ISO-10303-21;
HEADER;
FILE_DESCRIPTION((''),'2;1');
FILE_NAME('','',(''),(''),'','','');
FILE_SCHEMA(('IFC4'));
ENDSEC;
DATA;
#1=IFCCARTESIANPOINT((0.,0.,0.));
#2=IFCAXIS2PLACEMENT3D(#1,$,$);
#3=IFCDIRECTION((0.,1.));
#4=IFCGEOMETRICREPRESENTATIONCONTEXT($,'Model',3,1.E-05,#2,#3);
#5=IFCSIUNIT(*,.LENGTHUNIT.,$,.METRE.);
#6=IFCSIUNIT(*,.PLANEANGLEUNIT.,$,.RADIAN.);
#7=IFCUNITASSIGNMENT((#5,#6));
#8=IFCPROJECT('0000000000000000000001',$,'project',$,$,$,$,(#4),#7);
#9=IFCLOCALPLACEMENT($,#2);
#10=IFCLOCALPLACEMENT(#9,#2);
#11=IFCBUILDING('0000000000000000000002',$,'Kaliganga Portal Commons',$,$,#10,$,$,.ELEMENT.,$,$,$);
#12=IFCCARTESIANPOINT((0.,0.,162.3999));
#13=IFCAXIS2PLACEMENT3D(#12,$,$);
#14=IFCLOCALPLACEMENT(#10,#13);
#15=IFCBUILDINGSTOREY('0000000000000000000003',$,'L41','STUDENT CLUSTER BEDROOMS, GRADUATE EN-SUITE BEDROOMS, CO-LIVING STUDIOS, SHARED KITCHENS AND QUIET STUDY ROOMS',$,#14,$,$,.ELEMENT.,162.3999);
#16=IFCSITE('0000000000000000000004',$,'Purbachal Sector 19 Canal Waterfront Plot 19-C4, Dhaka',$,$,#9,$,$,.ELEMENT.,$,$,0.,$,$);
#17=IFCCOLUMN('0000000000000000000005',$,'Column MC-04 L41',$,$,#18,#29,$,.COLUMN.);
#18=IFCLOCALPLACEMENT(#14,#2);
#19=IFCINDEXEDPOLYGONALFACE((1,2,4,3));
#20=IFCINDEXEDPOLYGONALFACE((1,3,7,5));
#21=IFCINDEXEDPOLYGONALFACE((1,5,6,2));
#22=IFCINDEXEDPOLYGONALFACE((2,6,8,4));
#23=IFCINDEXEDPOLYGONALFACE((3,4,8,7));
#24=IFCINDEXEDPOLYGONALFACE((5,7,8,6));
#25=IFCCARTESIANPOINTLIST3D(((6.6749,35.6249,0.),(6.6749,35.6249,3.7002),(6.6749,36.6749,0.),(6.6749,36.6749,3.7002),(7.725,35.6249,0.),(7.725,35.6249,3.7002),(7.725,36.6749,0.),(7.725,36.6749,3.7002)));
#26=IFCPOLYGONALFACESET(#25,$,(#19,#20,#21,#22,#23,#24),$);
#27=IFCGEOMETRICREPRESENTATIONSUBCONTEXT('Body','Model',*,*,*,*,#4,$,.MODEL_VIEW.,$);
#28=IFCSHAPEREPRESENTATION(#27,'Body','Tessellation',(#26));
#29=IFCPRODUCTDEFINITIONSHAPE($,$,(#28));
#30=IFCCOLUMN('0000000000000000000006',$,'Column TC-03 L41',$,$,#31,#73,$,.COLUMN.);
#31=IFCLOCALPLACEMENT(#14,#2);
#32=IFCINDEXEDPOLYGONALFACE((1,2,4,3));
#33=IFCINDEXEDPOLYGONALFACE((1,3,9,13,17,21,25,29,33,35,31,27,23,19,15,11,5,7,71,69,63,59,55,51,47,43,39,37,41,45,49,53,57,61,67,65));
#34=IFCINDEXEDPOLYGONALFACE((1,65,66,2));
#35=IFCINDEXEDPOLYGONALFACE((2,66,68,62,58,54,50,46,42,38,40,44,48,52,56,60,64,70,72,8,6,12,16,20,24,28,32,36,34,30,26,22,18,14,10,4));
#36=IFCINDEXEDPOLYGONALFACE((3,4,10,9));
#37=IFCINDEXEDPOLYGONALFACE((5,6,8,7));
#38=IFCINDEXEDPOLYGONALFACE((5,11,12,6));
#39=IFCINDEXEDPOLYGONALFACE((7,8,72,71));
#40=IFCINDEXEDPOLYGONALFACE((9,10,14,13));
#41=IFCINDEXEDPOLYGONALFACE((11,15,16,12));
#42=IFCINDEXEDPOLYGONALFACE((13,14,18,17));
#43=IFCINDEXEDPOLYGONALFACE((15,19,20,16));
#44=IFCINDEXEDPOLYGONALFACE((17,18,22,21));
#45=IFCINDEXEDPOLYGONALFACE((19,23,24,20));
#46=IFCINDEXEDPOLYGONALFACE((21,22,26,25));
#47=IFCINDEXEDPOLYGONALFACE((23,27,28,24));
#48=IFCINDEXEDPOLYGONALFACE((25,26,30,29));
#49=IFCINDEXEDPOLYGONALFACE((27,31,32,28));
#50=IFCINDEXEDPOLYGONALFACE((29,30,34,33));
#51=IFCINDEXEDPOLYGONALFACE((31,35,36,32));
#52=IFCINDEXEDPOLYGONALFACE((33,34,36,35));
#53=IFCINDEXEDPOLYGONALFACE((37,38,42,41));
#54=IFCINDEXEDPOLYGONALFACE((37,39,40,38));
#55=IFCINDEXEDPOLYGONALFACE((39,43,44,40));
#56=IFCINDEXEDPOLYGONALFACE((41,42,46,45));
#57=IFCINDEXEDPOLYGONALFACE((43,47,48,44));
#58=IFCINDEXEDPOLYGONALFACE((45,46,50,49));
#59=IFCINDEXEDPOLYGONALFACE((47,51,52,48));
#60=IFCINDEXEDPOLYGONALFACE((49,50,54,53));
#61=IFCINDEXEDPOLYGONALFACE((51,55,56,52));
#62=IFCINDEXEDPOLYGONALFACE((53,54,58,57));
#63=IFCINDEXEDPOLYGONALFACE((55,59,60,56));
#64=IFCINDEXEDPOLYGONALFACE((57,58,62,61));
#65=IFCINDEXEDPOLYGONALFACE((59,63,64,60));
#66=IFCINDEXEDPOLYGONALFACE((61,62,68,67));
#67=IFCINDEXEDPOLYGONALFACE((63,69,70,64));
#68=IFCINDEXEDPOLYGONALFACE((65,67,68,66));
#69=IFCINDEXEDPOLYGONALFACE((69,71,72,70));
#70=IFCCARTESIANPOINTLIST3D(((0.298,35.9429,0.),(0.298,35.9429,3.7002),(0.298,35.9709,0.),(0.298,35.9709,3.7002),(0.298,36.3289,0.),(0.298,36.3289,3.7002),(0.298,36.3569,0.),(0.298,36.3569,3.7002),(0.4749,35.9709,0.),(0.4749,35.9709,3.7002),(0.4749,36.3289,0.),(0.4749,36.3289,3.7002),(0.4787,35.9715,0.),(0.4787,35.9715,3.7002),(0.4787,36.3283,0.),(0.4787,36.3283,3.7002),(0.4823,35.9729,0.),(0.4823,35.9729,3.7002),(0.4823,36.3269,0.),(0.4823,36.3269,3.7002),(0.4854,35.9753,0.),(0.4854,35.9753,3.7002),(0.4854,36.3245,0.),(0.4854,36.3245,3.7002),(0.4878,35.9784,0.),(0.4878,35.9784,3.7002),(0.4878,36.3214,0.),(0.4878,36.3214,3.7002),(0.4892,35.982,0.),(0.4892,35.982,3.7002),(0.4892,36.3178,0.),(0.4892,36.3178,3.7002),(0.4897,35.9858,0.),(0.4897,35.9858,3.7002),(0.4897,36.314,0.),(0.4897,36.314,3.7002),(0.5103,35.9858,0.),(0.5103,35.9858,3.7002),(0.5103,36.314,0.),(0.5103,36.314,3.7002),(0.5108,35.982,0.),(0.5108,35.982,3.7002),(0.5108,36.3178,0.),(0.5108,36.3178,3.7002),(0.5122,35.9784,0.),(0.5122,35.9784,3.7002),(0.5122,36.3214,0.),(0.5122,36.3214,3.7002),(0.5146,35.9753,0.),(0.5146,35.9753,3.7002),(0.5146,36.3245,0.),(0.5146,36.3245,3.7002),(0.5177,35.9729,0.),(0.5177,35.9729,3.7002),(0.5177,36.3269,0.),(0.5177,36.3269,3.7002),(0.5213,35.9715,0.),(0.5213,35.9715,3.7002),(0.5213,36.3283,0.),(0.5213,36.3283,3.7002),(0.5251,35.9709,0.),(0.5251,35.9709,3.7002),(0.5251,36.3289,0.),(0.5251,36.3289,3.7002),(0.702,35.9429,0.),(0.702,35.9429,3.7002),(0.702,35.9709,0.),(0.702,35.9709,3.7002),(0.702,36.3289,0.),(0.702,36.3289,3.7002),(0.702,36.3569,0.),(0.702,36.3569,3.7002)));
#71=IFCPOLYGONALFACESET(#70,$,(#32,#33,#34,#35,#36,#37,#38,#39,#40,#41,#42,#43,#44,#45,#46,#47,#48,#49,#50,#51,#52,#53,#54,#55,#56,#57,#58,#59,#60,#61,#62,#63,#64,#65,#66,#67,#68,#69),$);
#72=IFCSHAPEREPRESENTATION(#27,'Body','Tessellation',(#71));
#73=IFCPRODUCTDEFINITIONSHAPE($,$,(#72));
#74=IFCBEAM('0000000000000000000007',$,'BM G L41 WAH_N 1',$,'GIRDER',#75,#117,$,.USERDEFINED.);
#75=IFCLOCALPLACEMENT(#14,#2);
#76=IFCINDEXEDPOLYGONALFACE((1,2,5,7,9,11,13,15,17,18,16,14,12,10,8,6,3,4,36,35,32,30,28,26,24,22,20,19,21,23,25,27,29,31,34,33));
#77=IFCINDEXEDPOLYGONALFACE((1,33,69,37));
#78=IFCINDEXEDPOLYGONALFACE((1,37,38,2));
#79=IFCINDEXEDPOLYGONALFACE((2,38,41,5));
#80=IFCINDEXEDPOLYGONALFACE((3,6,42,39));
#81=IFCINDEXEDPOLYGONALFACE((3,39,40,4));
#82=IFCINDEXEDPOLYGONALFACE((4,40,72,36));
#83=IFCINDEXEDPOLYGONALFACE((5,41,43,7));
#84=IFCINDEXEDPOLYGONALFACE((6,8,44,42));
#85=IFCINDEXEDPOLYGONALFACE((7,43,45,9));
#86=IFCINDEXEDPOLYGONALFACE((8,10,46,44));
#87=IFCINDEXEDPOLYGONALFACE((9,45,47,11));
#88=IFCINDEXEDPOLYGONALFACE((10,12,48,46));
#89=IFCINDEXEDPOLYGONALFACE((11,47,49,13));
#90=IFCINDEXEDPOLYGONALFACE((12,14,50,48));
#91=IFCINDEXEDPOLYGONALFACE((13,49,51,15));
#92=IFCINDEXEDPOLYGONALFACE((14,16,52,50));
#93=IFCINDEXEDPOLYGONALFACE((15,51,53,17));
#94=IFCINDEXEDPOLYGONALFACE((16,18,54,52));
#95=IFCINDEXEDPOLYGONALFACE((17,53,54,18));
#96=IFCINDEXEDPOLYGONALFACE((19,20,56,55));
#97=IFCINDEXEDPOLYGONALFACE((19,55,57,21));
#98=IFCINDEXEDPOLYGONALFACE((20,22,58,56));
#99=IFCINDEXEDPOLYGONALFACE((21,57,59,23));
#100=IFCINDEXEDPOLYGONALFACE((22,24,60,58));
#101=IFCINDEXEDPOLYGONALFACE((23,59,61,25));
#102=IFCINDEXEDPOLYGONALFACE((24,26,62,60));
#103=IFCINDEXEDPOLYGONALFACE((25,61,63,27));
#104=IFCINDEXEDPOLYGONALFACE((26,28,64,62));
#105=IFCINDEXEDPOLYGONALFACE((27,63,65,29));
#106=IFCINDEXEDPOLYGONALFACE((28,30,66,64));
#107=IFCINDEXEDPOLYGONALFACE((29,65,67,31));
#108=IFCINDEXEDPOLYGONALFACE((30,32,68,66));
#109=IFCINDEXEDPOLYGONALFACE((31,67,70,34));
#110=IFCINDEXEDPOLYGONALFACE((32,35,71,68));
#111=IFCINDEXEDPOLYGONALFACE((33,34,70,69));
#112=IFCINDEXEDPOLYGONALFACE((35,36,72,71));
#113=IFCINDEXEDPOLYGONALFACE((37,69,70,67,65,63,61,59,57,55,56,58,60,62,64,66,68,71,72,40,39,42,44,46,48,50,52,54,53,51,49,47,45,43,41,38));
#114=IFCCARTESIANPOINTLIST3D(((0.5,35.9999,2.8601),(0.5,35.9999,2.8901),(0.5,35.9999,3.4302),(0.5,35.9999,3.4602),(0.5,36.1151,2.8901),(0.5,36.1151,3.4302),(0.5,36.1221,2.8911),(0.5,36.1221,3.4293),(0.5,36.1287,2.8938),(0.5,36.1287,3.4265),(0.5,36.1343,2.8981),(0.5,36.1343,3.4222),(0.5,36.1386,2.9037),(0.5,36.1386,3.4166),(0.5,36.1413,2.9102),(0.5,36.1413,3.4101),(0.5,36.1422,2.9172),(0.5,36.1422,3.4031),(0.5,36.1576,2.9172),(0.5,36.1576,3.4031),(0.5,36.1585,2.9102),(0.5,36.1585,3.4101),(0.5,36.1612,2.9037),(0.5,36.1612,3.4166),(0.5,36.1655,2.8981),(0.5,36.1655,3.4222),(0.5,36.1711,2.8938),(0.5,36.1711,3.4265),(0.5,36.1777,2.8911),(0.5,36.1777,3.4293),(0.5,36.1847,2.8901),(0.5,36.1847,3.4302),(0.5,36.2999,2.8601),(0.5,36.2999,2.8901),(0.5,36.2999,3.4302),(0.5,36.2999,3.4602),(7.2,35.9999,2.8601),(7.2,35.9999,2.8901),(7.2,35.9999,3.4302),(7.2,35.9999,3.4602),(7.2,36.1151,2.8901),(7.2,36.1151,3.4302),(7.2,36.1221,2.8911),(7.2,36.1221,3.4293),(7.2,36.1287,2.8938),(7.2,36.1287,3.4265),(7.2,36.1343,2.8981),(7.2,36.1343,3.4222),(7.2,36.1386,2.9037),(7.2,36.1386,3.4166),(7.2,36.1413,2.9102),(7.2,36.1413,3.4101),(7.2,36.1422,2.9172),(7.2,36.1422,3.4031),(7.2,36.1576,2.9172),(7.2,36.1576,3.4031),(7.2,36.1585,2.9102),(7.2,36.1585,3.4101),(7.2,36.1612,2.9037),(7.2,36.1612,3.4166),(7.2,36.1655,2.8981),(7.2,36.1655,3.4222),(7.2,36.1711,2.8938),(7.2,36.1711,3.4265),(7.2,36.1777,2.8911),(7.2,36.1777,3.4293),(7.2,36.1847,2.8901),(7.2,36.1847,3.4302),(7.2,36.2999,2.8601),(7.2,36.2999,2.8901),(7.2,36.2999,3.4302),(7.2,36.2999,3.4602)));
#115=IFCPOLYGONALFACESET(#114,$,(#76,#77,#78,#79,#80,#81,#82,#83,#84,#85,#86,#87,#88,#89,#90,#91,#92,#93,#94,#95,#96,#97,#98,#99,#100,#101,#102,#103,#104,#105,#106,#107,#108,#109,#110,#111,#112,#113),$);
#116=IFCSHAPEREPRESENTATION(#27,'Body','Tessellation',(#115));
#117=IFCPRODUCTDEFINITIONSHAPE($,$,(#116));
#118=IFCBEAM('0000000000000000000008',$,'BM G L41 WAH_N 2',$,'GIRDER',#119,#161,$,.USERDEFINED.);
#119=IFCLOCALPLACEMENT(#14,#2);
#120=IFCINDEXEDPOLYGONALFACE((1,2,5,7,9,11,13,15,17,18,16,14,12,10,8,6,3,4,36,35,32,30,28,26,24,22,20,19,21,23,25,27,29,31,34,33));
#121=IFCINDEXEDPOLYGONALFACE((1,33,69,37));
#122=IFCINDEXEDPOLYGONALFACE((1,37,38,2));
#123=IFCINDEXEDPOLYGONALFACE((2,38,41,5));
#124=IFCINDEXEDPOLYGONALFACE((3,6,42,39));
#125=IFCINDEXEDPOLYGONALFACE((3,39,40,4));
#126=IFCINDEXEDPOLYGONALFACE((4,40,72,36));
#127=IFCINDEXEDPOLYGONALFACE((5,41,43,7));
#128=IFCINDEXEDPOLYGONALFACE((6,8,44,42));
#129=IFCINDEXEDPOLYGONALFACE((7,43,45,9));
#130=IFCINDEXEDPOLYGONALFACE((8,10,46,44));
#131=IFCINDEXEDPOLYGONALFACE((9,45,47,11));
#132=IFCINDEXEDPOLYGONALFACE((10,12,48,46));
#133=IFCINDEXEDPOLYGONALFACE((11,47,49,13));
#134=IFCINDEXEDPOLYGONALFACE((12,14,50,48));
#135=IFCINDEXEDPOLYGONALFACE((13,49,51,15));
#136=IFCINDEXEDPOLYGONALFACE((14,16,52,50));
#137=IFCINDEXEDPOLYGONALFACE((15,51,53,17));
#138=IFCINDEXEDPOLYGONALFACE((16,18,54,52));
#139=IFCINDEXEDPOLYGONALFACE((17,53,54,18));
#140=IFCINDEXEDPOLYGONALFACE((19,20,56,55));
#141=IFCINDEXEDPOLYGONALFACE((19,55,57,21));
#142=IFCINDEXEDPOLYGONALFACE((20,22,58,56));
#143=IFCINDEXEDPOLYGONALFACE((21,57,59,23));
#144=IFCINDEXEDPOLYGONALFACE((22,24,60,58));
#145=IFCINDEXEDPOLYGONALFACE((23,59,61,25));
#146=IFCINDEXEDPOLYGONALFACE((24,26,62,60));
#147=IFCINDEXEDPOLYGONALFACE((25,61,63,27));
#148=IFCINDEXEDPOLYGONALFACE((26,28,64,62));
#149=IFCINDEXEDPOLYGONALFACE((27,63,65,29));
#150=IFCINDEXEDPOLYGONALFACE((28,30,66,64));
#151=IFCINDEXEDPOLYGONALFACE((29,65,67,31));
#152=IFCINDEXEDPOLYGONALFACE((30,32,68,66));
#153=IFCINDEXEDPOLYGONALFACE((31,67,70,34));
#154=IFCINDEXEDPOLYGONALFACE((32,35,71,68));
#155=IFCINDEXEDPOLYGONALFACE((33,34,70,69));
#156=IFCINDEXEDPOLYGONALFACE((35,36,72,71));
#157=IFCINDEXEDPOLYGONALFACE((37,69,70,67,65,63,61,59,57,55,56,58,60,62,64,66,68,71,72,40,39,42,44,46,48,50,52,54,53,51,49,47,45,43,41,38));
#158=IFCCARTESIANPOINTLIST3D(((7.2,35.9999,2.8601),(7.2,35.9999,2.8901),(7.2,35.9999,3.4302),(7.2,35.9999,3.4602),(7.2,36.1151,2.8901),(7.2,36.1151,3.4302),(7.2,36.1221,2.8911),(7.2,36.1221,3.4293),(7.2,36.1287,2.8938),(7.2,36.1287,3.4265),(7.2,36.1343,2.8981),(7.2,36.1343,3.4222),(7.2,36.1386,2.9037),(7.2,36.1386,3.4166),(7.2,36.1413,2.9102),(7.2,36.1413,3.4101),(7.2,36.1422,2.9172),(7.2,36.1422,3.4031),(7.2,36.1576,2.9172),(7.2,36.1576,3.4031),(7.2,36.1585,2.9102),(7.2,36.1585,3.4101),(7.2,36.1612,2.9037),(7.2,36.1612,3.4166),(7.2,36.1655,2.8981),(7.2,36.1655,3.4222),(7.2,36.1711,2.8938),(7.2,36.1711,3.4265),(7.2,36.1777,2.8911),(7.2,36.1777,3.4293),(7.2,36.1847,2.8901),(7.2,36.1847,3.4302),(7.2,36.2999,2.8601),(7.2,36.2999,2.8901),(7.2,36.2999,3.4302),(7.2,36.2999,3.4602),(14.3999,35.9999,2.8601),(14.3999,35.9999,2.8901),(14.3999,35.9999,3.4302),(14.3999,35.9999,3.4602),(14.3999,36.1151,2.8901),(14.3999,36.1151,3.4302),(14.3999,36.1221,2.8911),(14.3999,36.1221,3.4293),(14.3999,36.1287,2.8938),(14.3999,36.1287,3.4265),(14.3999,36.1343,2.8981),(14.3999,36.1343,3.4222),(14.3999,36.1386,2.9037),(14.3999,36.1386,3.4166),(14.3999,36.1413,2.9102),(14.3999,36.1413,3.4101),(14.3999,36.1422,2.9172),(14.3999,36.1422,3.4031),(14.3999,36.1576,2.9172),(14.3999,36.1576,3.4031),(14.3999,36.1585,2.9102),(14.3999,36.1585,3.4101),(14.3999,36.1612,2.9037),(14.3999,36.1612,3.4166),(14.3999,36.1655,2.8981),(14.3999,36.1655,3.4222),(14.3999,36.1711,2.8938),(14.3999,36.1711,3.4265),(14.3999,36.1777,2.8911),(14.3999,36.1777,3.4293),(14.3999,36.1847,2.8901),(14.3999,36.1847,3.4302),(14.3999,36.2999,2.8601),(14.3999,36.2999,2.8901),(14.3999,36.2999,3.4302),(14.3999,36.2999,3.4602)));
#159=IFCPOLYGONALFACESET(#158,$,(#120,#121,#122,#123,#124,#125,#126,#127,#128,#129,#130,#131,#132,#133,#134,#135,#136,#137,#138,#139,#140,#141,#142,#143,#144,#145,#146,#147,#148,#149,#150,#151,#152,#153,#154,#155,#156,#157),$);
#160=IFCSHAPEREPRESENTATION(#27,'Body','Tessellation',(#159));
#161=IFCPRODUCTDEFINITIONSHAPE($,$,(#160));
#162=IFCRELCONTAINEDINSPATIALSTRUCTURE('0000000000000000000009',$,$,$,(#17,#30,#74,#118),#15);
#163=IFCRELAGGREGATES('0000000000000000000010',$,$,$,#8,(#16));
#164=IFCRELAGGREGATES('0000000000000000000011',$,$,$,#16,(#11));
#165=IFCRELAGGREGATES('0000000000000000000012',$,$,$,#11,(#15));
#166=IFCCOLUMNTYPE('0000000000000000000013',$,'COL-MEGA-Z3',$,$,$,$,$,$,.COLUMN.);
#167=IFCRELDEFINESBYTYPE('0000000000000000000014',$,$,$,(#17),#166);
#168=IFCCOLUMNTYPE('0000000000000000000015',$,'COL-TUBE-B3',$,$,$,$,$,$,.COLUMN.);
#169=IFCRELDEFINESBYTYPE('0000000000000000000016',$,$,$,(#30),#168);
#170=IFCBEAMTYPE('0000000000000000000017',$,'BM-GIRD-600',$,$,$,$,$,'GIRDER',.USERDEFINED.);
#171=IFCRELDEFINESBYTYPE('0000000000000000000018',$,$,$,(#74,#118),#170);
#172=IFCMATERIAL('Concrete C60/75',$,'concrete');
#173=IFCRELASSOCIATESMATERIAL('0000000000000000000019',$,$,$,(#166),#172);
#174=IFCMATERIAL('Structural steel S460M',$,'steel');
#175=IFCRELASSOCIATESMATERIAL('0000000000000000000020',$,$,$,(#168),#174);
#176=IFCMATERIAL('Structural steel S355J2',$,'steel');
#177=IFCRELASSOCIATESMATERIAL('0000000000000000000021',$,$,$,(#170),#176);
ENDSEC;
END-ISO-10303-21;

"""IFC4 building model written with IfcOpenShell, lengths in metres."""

from ifc_helpers import new_model, si_unit, direction, frame, origin, origin_2d, place, context, subcontext, project, spatial, rectangle, i_section, extrude, source, transform, mapped, material, material_profile, profile_set, type_object, element, save


model = new_model("IFC4")

# Units and contexts
model_context = context("Model", 3, precision=1e-05, world=origin(), true_north=direction((0.0, 1.0)))
body_context = subcontext(model_context, "Body", "Model", "MODEL_VIEW")
ifc_project = project(units=[si_unit("LENGTHUNIT", "METRE"), si_unit("PLANEANGLEUNIT", "RADIAN")], contexts=[model_context])

# Site, building, storey
site_placement = place(None, origin())
site = spatial("IfcSite", under=ifc_project, at=site_placement, Name="Purbachal Sector 19 Canal Waterfront Plot 19-C4, Dhaka", CompositionType="ELEMENT", RefElevation=0.0)
building_placement = place(site_placement, origin())
building = spatial("IfcBuilding", under=site, at=building_placement, Name="Kaliganga Portal Commons", CompositionType="ELEMENT")
storey_placement = place(building_placement, frame((0.0, 0.0, 162.3999)))
storey = spatial("IfcBuildingStorey", under=building, at=storey_placement, Name="L41", Description="STUDENT CLUSTER BEDROOMS, GRADUATE EN-SUITE BEDROOMS, CO-LIVING STUDIOS, SHARED KITCHENS AND QUIET STUDY ROOMS", CompositionType="ELEMENT", Elevation=162.3999)

# Columns
ifc_material_1 = material(Name="Concrete C60/75", Category="concrete")
ifc_material_profile_1 = material_profile(ifc_material_1, rectangle(XDim=1.05, YDim=1.05, at=origin_2d()), Name="RC 1050x1050")
ifc_profile_set_1 = profile_set([ifc_material_profile_1], Name="Concrete C60/75")
column_type_1 = type_object("IfcColumnType", Name="COL-MEGA-Z3", PredefinedType="COLUMN", material=ifc_profile_set_1)
shared_shape_1 = source(origin(), body_context, "Body", "SweptSolid", [
    extrude(rectangle(XDim=1.05, YDim=1.05, at=origin_2d()), origin(), (0.0, 0.0, 1.0), 3.7002),
])
column_1_placement = place(storey_placement, frame((7.2, 36.1499, 0.0), z_axis=(0.0, 0.0, 1.0), x_axis=(1.0, 0.0, 0.0)))
element("IfcColumn", 1, at=column_1_placement, inside=storey, type_object=column_type_1, Name="Column MC-04 L41", PredefinedType="COLUMN", context=body_context, shape_type="MappedRepresentation", body=[
    mapped(shared_shape_1, transform((0.0, 0.0, 0.0), x_axis=(1.0, 0.0, 0.0), y_axis=(0.0, 1.0, 0.0), z_axis=(0.0, 0.0, 1.0), scale=1.0)),
])
ifc_material_2 = material(Name="Structural steel S460M", Category="steel")
ifc_material_profile_2 = material_profile(ifc_material_2, i_section(OverallWidth=0.4041, OverallDepth=0.4141, WebThickness=0.0205, FlangeThickness=0.0281, FilletRadius=0.0149, at=origin_2d()), Name="HD 400x347")
ifc_profile_set_2 = profile_set([ifc_material_profile_2], Name="Structural steel S460M wide-flange")
column_type_2 = type_object("IfcColumnType", Name="COL-TUBE-B3", PredefinedType="COLUMN", material=ifc_profile_set_2)
shared_shape_2 = source(origin(), body_context, "Body", "SweptSolid", [
    extrude(i_section(OverallWidth=0.4041, OverallDepth=0.4141, WebThickness=0.0205, FlangeThickness=0.0281, FilletRadius=0.0149, at=origin_2d()), origin(), (0.0, 0.0, 1.0), 3.7002),
])
column_2_placement = place(storey_placement, frame((0.5, 36.1499, 0.0), z_axis=(0.0, 0.0, 1.0), x_axis=(1.0, 0.0, 0.0)))
element("IfcColumn", 2, at=column_2_placement, inside=storey, type_object=column_type_2, Name="Column TC-03 L41", PredefinedType="COLUMN", context=body_context, shape_type="MappedRepresentation", body=[
    mapped(shared_shape_2, transform((0.0, 0.0, 0.0), x_axis=(1.0, 0.0, 0.0), y_axis=(0.0, 1.0, 0.0), z_axis=(0.0, 0.0, 1.0), scale=1.0)),
])

# Beams
ifc_material_3 = material(Name="Structural steel S355J2", Category="steel")
ifc_material_profile_3 = material_profile(ifc_material_3, i_section(OverallWidth=0.3, OverallDepth=0.6001, WebThickness=0.0154, FlangeThickness=0.03, FilletRadius=0.0271, at=origin_2d()), Name="HE 600 B")
ifc_profile_set_3 = profile_set([ifc_material_profile_3], Name="Structural steel S355J2 wide-flange")
beam_type = type_object("IfcBeamType", Name="BM-GIRD-600", ElementType="GIRDER", PredefinedType="USERDEFINED", material=ifc_profile_set_3)
shared_shape_3 = source(origin(), body_context, "Body", "SweptSolid", [
    extrude(i_section(OverallWidth=0.3, OverallDepth=0.6001, WebThickness=0.0154, FlangeThickness=0.03, FilletRadius=0.0271, at=origin_2d()), origin(), (0.0, 0.0, 1.0), 6.7),
])
beam_1_placement = place(storey_placement, frame((0.5, 36.1499, 3.1602), z_axis=(1.0, 0.0, 0.0), x_axis=(0.0, 1.0, 0.0)))
element("IfcBeam", 3, at=beam_1_placement, inside=storey, type_object=beam_type, Name="BM G L41 WAH_N 1", ObjectType="GIRDER", PredefinedType="USERDEFINED", context=body_context, shape_type="MappedRepresentation", body=[
    mapped(shared_shape_3, transform((0.0, 0.0, 0.0), x_axis=(1.0, 0.0, 0.0), y_axis=(0.0, 1.0, 0.0), z_axis=(0.0, 0.0, 1.0), scale=1.0)),
])
shared_shape_4 = source(origin(), body_context, "Body", "SweptSolid", [
    extrude(i_section(OverallWidth=0.3, OverallDepth=0.6001, WebThickness=0.0154, FlangeThickness=0.03, FilletRadius=0.0271, at=origin_2d()), origin(), (0.0, 0.0, 1.0), 7.2),
])
beam_2_placement = place(storey_placement, frame((7.2, 36.1499, 3.1602), z_axis=(1.0, 0.0, 0.0), x_axis=(0.0, 1.0, 0.0)))
element("IfcBeam", 4, at=beam_2_placement, inside=storey, type_object=beam_type, Name="BM G L41 WAH_N 2", ObjectType="GIRDER", PredefinedType="USERDEFINED", context=body_context, shape_type="MappedRepresentation", body=[
    mapped(shared_shape_4, transform((0.0, 0.0, 0.0), x_axis=(1.0, 0.0, 0.0), y_axis=(0.0, 1.0, 0.0), z_axis=(0.0, 0.0, 1.0), scale=1.0)),
])

save(model, "model.ifc")
